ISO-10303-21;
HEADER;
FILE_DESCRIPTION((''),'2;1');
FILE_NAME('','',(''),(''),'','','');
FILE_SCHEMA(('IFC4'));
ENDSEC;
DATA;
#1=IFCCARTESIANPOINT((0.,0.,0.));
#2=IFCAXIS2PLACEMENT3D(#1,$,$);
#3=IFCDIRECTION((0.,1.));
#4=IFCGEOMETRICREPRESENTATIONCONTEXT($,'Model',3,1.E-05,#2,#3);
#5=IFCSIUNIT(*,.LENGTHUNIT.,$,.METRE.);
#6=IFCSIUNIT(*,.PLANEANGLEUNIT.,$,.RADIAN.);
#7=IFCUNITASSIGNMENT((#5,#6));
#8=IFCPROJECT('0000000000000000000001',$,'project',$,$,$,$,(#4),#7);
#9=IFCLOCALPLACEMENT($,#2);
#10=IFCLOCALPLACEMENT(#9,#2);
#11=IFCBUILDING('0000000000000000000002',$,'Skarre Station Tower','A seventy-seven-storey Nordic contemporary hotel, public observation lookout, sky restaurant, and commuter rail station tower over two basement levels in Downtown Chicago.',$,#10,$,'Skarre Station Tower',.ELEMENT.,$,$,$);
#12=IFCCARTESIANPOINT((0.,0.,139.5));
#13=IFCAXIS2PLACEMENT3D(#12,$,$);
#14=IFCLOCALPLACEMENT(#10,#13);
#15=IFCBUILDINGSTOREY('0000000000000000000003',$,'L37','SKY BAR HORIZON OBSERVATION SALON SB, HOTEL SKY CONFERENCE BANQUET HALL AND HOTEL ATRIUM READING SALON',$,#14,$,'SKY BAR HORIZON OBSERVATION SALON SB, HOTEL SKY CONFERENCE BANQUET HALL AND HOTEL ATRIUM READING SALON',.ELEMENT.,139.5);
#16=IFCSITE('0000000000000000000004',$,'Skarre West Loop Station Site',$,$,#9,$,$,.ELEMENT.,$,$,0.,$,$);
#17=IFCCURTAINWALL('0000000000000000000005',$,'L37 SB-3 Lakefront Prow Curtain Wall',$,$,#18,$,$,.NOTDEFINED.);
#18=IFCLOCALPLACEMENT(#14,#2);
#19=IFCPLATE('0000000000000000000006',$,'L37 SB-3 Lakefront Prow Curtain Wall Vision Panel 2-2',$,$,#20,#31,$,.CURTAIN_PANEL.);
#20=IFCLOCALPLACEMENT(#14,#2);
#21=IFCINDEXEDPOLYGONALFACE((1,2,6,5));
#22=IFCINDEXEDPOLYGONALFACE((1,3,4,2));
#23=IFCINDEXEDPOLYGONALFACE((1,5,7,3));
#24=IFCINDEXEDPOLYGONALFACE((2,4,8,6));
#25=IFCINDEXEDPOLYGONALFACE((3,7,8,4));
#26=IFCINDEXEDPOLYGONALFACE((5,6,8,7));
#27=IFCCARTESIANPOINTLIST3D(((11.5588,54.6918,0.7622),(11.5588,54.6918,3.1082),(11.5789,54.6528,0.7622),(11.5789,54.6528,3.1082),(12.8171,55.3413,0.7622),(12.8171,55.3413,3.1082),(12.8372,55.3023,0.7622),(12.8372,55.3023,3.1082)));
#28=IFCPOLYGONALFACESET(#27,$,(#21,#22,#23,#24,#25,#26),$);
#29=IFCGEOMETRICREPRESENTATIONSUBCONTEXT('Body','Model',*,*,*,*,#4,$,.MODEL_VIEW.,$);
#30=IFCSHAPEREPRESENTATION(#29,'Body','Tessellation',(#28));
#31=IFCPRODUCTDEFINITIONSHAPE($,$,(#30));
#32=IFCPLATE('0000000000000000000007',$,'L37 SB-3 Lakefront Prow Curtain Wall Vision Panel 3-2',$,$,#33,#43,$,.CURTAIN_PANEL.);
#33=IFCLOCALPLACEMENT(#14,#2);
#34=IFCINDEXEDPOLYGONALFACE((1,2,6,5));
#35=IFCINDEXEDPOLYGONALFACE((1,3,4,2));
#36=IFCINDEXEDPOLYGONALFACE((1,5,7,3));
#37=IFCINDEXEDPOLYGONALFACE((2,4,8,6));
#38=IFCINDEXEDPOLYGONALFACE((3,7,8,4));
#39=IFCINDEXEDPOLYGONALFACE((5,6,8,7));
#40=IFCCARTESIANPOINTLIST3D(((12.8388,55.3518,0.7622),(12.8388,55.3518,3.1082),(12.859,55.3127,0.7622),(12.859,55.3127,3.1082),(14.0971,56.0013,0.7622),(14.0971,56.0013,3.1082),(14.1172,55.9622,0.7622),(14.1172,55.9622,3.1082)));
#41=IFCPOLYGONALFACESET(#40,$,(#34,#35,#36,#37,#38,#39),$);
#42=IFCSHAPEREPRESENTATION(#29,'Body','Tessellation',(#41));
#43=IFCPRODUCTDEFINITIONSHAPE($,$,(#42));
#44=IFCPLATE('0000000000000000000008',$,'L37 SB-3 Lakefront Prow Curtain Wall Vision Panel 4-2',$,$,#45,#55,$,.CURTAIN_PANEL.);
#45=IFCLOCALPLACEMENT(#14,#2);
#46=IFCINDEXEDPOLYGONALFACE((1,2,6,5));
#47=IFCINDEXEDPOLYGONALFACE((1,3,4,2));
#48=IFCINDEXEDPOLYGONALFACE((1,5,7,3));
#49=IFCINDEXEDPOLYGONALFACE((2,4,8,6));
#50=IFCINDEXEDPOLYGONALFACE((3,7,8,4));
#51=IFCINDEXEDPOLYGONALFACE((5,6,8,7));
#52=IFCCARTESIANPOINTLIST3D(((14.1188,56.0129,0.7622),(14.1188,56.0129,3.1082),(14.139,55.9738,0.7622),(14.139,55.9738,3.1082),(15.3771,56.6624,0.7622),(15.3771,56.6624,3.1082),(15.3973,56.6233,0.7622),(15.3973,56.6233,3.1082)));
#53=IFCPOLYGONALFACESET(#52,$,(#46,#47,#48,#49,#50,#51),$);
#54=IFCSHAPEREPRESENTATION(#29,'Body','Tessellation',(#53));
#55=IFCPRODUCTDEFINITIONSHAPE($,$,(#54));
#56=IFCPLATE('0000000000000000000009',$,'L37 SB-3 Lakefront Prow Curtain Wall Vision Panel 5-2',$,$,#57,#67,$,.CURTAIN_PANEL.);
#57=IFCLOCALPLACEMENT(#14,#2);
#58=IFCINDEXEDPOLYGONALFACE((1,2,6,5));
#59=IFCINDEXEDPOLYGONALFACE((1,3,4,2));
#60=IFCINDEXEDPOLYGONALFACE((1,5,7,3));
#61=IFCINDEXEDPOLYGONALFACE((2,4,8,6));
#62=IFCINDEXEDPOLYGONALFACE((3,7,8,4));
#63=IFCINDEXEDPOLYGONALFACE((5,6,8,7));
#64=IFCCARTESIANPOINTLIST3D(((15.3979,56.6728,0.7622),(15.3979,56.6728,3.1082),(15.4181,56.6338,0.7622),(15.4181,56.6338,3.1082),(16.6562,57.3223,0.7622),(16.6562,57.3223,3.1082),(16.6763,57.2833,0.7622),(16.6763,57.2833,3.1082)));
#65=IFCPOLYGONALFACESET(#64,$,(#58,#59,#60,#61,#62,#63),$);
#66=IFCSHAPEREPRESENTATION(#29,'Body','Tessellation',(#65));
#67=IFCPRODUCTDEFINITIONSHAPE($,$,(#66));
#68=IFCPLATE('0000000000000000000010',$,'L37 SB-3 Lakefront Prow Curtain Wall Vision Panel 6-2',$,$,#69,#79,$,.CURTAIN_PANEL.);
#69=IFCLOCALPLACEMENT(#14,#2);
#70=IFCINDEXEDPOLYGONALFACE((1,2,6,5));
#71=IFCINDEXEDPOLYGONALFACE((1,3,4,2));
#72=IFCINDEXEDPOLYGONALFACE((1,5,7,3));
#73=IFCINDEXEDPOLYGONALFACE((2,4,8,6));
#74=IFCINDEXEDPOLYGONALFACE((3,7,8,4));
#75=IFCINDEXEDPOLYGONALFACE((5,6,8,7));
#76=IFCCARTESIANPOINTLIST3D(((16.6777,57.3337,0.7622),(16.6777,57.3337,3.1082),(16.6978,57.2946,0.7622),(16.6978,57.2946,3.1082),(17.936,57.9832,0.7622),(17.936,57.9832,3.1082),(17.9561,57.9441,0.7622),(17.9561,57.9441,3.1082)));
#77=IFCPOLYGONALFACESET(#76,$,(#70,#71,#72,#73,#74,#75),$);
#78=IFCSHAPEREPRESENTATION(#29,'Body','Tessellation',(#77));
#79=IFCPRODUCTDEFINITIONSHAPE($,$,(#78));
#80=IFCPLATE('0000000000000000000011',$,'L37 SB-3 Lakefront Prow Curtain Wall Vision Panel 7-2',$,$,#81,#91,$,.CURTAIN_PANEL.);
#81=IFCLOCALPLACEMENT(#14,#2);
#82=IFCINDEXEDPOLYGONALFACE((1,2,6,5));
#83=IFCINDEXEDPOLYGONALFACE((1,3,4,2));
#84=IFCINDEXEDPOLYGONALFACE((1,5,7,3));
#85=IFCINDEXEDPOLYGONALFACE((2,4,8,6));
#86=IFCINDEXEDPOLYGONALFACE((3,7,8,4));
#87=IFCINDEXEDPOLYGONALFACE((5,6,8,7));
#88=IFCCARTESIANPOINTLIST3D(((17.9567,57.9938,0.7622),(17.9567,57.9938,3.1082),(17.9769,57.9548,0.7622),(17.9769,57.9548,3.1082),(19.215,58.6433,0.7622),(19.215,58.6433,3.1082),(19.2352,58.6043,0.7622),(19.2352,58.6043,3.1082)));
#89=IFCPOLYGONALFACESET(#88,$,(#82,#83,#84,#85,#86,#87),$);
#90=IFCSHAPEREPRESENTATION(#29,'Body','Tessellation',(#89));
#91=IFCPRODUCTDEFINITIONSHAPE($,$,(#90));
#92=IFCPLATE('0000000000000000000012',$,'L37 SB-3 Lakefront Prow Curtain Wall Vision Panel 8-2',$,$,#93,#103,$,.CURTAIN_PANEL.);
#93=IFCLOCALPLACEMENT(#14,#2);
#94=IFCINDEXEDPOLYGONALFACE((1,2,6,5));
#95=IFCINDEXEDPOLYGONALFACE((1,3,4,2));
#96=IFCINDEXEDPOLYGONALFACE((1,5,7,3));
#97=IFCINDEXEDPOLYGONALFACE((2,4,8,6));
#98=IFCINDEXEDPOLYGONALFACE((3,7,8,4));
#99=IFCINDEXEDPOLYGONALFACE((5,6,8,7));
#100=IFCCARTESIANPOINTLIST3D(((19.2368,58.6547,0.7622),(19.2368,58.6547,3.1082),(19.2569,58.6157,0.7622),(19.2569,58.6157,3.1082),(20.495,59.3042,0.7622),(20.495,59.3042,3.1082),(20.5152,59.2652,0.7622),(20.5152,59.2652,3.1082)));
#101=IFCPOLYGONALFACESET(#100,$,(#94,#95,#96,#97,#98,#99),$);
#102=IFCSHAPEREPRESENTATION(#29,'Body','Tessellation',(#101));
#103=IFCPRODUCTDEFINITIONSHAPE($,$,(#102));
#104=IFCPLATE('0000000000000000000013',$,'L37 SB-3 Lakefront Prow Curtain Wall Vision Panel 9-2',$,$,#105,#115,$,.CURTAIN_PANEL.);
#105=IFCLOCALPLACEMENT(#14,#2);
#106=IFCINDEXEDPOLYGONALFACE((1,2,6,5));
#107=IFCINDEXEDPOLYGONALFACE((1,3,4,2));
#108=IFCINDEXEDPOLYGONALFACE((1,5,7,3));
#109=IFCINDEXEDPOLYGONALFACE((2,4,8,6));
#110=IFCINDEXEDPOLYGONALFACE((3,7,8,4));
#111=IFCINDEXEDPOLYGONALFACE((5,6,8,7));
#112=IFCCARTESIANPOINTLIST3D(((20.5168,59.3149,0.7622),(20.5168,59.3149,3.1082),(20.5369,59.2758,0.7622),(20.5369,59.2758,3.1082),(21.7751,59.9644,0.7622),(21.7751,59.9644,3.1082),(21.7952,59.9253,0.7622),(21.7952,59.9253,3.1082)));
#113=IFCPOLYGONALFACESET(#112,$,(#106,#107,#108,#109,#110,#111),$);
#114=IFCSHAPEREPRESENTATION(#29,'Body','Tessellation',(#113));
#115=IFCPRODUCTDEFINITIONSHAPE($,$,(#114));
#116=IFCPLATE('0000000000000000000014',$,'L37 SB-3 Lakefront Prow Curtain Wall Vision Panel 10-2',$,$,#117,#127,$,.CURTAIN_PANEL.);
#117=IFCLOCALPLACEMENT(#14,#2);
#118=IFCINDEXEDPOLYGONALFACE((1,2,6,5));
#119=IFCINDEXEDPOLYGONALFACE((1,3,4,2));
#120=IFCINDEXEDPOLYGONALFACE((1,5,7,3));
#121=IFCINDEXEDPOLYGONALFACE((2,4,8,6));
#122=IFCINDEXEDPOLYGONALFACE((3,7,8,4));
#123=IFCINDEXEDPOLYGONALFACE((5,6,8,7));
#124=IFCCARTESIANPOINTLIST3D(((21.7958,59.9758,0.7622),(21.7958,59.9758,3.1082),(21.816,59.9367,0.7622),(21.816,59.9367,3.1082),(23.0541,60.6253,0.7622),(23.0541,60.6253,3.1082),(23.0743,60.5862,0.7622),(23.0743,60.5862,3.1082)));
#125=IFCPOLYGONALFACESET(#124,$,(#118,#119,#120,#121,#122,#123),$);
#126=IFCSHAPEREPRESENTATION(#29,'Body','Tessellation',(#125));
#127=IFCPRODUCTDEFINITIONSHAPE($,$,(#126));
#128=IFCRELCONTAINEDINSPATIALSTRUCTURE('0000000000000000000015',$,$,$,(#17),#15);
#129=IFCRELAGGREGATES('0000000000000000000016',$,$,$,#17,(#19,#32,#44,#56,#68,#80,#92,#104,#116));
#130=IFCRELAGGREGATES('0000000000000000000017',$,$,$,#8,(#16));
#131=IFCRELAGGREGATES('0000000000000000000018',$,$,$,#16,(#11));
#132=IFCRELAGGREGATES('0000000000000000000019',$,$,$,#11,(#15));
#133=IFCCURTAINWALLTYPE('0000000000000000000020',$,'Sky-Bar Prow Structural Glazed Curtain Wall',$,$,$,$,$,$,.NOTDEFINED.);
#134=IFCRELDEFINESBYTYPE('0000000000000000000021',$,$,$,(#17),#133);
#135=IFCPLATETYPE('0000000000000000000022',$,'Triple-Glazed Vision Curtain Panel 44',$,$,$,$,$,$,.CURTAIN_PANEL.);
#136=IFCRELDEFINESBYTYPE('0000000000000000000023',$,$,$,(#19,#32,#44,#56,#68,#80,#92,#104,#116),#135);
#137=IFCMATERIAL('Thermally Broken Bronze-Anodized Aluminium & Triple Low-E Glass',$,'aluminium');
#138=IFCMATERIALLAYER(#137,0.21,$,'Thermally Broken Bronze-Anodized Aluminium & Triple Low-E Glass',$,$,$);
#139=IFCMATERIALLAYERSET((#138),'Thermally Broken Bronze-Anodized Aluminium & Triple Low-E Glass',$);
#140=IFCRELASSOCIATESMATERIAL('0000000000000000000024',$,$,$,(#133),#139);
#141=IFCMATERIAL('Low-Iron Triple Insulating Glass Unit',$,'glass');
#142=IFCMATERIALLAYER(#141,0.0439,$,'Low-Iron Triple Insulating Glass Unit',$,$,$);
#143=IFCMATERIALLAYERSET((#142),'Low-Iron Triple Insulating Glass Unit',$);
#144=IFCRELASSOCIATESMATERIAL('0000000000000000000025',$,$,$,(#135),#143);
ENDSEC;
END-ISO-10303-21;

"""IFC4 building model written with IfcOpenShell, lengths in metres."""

from ifc_helpers import new_model, si_unit, direction, frame, origin, origin_2d, place, context, subcontext, project, spatial, rectangle, extrude, material, layer, layer_set, type_object, element, aggregate, save


model = new_model("IFC4")

# Units and contexts
model_context = context("Model", 3, precision=1e-05, world=origin(), true_north=direction((0.0, 1.0)))
body_context = subcontext(model_context, "Body", "Model", "MODEL_VIEW")
ifc_project = project(units=[si_unit("LENGTHUNIT", "METRE"), si_unit("PLANEANGLEUNIT", "RADIAN")], contexts=[model_context])

# Site, building, storey
site_placement = place(None, origin())
site = spatial("IfcSite", under=ifc_project, at=site_placement, Name="Skarre West Loop Station Site", CompositionType="ELEMENT", RefElevation=0.0)
building_placement = place(site_placement, origin())
building = spatial("IfcBuilding", under=site, at=building_placement, Name="Skarre Station Tower", Description="A seventy-seven-storey Nordic contemporary hotel, public observation lookout, sky restaurant, and commuter rail station tower over two basement levels in Downtown Chicago.", LongName="Skarre Station Tower", CompositionType="ELEMENT")
storey_placement = place(building_placement, frame((0.0, 0.0, 139.5)))
storey = spatial("IfcBuildingStorey", under=building, at=storey_placement, Name="L37", Description="SKY BAR HORIZON OBSERVATION SALON SB, HOTEL SKY CONFERENCE BANQUET HALL AND HOTEL ATRIUM READING SALON", LongName="SKY BAR HORIZON OBSERVATION SALON SB, HOTEL SKY CONFERENCE BANQUET HALL AND HOTEL ATRIUM READING SALON", CompositionType="ELEMENT", Elevation=139.5)

# Curtain wall
ifc_material_1 = material(Name="Thermally Broken Bronze-Anodized Aluminium & Triple Low-E Glass", Category="aluminium")
ifc_layer_1 = layer(ifc_material_1, 0.21, Name="Thermally Broken Bronze-Anodized Aluminium & Triple Low-E Glass")
ifc_layer_set_1 = layer_set([ifc_layer_1], Name="Thermally Broken Bronze-Anodized Aluminium & Triple Low-E Glass")
curtain_wall_type = type_object("IfcCurtainWallType", Name="Sky-Bar Prow Structural Glazed Curtain Wall", PredefinedType="NOTDEFINED", material=ifc_layer_set_1)
curtain_wall_placement = place(storey_placement, origin())
curtain_wall = element("IfcCurtainWall", 1, at=curtain_wall_placement, inside=storey, type_object=curtain_wall_type, Name="L37 SB-3 Lakefront Prow Curtain Wall", PredefinedType="NOTDEFINED")

# Plates
ifc_material_2 = material(Name="Low-Iron Triple Insulating Glass Unit", Category="glass")
ifc_layer_2 = layer(ifc_material_2, 0.0439, Name="Low-Iron Triple Insulating Glass Unit")
ifc_layer_set_2 = layer_set([ifc_layer_2], Name="Low-Iron Triple Insulating Glass Unit")
plate_type_1 = type_object("IfcPlateType", Name="Triple-Glazed Vision Curtain Panel 44", PredefinedType="CURTAIN_PANEL", material=ifc_layer_set_2)
plate_1_placement = place(storey_placement, frame((12.198, 54.9971, 0.7622), z_axis=(0.0, 0.0, 1.0), x_axis=(0.888601, 0.458681, 0.0)))
plate_1 = element("IfcPlate", 2, at=plate_1_placement, type_object=plate_type_1, Name="L37 SB-3 Lakefront Prow Curtain Wall Vision Panel 2-2", PredefinedType="CURTAIN_PANEL", context=body_context, shape_type="SweptSolid", body=[
    extrude(rectangle(XDim=1.416, YDim=0.0439, at=origin_2d()), origin(), (0.0, 0.0, 1.0), 2.3459),
])
plate_2_placement = place(storey_placement, frame((13.478, 55.657, 0.7622), z_axis=(0.0, 0.0, 1.0), x_axis=(0.888601, 0.458681, 0.0)))
plate_2 = element("IfcPlate", 3, at=plate_2_placement, type_object=plate_type_1, Name="L37 SB-3 Lakefront Prow Curtain Wall Vision Panel 3-2", PredefinedType="CURTAIN_PANEL", context=body_context, shape_type="SweptSolid", body=[
    extrude(rectangle(XDim=1.416, YDim=0.0439, at=origin_2d()), origin(), (0.0, 0.0, 1.0), 2.3459),
])
plate_3_placement = place(storey_placement, frame((14.7581, 56.3181, 0.7622), z_axis=(0.0, 0.0, 1.0), x_axis=(0.888601, 0.458681, 0.0)))
plate_3 = element("IfcPlate", 4, at=plate_3_placement, type_object=plate_type_1, Name="L37 SB-3 Lakefront Prow Curtain Wall Vision Panel 4-2", PredefinedType="CURTAIN_PANEL", context=body_context, shape_type="SweptSolid", body=[
    extrude(rectangle(XDim=1.416, YDim=0.0439, at=origin_2d()), origin(), (0.0, 0.0, 1.0), 2.3459),
])
plate_4_placement = place(storey_placement, frame((16.0371, 56.978, 0.7622), z_axis=(0.0, 0.0, 1.0), x_axis=(0.888601, 0.458681, 0.0)))
plate_4 = element("IfcPlate", 5, at=plate_4_placement, type_object=plate_type_1, Name="L37 SB-3 Lakefront Prow Curtain Wall Vision Panel 5-2", PredefinedType="CURTAIN_PANEL", context=body_context, shape_type="SweptSolid", body=[
    extrude(rectangle(XDim=1.416, YDim=0.0439, at=origin_2d()), origin(), (0.0, 0.0, 1.0), 2.3459),
])
plate_5_placement = place(storey_placement, frame((17.3169, 57.6389, 0.7622), z_axis=(0.0, 0.0, 1.0), x_axis=(0.888601, 0.458681, 0.0)))
plate_5 = element("IfcPlate", 6, at=plate_5_placement, type_object=plate_type_1, Name="L37 SB-3 Lakefront Prow Curtain Wall Vision Panel 6-2", PredefinedType="CURTAIN_PANEL", context=body_context, shape_type="SweptSolid", body=[
    extrude(rectangle(XDim=1.416, YDim=0.0439, at=origin_2d()), origin(), (0.0, 0.0, 1.0), 2.3459),
])
plate_6_placement = place(storey_placement, frame((18.5959, 58.2991, 0.7622), z_axis=(0.0, 0.0, 1.0), x_axis=(0.888601, 0.458681, 0.0)))
plate_6 = element("IfcPlate", 7, at=plate_6_placement, type_object=plate_type_1, Name="L37 SB-3 Lakefront Prow Curtain Wall Vision Panel 7-2", PredefinedType="CURTAIN_PANEL", context=body_context, shape_type="SweptSolid", body=[
    extrude(rectangle(XDim=1.416, YDim=0.0439, at=origin_2d()), origin(), (0.0, 0.0, 1.0), 2.3459),
])
plate_7_placement = place(storey_placement, frame((19.876, 58.96, 0.7622), z_axis=(0.0, 0.0, 1.0), x_axis=(0.888601, 0.458681, 0.0)))
plate_7 = element("IfcPlate", 8, at=plate_7_placement, type_object=plate_type_1, Name="L37 SB-3 Lakefront Prow Curtain Wall Vision Panel 8-2", PredefinedType="CURTAIN_PANEL", context=body_context, shape_type="SweptSolid", body=[
    extrude(rectangle(XDim=1.416, YDim=0.0439, at=origin_2d()), origin(), (0.0, 0.0, 1.0), 2.3459),
])
plate_8_placement = place(storey_placement, frame((21.156, 59.6201, 0.7622), z_axis=(0.0, 0.0, 1.0), x_axis=(0.888601, 0.458681, 0.0)))
plate_8 = element("IfcPlate", 9, at=plate_8_placement, type_object=plate_type_1, Name="L37 SB-3 Lakefront Prow Curtain Wall Vision Panel 9-2", PredefinedType="CURTAIN_PANEL", context=body_context, shape_type="SweptSolid", body=[
    extrude(rectangle(XDim=1.416, YDim=0.0439, at=origin_2d()), origin(), (0.0, 0.0, 1.0), 2.3459),
])
plate_9_placement = place(storey_placement, frame((22.4351, 60.281, 0.7622), z_axis=(0.0, 0.0, 1.0), x_axis=(0.888601, 0.458681, 0.0)))
plate_9 = element("IfcPlate", 10, at=plate_9_placement, type_object=plate_type_1, Name="L37 SB-3 Lakefront Prow Curtain Wall Vision Panel 10-2", PredefinedType="CURTAIN_PANEL", context=body_context, shape_type="SweptSolid", body=[
    extrude(rectangle(XDim=1.416, YDim=0.0439, at=origin_2d()), origin(), (0.0, 0.0, 1.0), 2.3459),
])
aggregate(curtain_wall, [plate_1, plate_2, plate_3, plate_4, plate_5, plate_6, plate_7, plate_8, plate_9])

save(model, "model.ifc")
